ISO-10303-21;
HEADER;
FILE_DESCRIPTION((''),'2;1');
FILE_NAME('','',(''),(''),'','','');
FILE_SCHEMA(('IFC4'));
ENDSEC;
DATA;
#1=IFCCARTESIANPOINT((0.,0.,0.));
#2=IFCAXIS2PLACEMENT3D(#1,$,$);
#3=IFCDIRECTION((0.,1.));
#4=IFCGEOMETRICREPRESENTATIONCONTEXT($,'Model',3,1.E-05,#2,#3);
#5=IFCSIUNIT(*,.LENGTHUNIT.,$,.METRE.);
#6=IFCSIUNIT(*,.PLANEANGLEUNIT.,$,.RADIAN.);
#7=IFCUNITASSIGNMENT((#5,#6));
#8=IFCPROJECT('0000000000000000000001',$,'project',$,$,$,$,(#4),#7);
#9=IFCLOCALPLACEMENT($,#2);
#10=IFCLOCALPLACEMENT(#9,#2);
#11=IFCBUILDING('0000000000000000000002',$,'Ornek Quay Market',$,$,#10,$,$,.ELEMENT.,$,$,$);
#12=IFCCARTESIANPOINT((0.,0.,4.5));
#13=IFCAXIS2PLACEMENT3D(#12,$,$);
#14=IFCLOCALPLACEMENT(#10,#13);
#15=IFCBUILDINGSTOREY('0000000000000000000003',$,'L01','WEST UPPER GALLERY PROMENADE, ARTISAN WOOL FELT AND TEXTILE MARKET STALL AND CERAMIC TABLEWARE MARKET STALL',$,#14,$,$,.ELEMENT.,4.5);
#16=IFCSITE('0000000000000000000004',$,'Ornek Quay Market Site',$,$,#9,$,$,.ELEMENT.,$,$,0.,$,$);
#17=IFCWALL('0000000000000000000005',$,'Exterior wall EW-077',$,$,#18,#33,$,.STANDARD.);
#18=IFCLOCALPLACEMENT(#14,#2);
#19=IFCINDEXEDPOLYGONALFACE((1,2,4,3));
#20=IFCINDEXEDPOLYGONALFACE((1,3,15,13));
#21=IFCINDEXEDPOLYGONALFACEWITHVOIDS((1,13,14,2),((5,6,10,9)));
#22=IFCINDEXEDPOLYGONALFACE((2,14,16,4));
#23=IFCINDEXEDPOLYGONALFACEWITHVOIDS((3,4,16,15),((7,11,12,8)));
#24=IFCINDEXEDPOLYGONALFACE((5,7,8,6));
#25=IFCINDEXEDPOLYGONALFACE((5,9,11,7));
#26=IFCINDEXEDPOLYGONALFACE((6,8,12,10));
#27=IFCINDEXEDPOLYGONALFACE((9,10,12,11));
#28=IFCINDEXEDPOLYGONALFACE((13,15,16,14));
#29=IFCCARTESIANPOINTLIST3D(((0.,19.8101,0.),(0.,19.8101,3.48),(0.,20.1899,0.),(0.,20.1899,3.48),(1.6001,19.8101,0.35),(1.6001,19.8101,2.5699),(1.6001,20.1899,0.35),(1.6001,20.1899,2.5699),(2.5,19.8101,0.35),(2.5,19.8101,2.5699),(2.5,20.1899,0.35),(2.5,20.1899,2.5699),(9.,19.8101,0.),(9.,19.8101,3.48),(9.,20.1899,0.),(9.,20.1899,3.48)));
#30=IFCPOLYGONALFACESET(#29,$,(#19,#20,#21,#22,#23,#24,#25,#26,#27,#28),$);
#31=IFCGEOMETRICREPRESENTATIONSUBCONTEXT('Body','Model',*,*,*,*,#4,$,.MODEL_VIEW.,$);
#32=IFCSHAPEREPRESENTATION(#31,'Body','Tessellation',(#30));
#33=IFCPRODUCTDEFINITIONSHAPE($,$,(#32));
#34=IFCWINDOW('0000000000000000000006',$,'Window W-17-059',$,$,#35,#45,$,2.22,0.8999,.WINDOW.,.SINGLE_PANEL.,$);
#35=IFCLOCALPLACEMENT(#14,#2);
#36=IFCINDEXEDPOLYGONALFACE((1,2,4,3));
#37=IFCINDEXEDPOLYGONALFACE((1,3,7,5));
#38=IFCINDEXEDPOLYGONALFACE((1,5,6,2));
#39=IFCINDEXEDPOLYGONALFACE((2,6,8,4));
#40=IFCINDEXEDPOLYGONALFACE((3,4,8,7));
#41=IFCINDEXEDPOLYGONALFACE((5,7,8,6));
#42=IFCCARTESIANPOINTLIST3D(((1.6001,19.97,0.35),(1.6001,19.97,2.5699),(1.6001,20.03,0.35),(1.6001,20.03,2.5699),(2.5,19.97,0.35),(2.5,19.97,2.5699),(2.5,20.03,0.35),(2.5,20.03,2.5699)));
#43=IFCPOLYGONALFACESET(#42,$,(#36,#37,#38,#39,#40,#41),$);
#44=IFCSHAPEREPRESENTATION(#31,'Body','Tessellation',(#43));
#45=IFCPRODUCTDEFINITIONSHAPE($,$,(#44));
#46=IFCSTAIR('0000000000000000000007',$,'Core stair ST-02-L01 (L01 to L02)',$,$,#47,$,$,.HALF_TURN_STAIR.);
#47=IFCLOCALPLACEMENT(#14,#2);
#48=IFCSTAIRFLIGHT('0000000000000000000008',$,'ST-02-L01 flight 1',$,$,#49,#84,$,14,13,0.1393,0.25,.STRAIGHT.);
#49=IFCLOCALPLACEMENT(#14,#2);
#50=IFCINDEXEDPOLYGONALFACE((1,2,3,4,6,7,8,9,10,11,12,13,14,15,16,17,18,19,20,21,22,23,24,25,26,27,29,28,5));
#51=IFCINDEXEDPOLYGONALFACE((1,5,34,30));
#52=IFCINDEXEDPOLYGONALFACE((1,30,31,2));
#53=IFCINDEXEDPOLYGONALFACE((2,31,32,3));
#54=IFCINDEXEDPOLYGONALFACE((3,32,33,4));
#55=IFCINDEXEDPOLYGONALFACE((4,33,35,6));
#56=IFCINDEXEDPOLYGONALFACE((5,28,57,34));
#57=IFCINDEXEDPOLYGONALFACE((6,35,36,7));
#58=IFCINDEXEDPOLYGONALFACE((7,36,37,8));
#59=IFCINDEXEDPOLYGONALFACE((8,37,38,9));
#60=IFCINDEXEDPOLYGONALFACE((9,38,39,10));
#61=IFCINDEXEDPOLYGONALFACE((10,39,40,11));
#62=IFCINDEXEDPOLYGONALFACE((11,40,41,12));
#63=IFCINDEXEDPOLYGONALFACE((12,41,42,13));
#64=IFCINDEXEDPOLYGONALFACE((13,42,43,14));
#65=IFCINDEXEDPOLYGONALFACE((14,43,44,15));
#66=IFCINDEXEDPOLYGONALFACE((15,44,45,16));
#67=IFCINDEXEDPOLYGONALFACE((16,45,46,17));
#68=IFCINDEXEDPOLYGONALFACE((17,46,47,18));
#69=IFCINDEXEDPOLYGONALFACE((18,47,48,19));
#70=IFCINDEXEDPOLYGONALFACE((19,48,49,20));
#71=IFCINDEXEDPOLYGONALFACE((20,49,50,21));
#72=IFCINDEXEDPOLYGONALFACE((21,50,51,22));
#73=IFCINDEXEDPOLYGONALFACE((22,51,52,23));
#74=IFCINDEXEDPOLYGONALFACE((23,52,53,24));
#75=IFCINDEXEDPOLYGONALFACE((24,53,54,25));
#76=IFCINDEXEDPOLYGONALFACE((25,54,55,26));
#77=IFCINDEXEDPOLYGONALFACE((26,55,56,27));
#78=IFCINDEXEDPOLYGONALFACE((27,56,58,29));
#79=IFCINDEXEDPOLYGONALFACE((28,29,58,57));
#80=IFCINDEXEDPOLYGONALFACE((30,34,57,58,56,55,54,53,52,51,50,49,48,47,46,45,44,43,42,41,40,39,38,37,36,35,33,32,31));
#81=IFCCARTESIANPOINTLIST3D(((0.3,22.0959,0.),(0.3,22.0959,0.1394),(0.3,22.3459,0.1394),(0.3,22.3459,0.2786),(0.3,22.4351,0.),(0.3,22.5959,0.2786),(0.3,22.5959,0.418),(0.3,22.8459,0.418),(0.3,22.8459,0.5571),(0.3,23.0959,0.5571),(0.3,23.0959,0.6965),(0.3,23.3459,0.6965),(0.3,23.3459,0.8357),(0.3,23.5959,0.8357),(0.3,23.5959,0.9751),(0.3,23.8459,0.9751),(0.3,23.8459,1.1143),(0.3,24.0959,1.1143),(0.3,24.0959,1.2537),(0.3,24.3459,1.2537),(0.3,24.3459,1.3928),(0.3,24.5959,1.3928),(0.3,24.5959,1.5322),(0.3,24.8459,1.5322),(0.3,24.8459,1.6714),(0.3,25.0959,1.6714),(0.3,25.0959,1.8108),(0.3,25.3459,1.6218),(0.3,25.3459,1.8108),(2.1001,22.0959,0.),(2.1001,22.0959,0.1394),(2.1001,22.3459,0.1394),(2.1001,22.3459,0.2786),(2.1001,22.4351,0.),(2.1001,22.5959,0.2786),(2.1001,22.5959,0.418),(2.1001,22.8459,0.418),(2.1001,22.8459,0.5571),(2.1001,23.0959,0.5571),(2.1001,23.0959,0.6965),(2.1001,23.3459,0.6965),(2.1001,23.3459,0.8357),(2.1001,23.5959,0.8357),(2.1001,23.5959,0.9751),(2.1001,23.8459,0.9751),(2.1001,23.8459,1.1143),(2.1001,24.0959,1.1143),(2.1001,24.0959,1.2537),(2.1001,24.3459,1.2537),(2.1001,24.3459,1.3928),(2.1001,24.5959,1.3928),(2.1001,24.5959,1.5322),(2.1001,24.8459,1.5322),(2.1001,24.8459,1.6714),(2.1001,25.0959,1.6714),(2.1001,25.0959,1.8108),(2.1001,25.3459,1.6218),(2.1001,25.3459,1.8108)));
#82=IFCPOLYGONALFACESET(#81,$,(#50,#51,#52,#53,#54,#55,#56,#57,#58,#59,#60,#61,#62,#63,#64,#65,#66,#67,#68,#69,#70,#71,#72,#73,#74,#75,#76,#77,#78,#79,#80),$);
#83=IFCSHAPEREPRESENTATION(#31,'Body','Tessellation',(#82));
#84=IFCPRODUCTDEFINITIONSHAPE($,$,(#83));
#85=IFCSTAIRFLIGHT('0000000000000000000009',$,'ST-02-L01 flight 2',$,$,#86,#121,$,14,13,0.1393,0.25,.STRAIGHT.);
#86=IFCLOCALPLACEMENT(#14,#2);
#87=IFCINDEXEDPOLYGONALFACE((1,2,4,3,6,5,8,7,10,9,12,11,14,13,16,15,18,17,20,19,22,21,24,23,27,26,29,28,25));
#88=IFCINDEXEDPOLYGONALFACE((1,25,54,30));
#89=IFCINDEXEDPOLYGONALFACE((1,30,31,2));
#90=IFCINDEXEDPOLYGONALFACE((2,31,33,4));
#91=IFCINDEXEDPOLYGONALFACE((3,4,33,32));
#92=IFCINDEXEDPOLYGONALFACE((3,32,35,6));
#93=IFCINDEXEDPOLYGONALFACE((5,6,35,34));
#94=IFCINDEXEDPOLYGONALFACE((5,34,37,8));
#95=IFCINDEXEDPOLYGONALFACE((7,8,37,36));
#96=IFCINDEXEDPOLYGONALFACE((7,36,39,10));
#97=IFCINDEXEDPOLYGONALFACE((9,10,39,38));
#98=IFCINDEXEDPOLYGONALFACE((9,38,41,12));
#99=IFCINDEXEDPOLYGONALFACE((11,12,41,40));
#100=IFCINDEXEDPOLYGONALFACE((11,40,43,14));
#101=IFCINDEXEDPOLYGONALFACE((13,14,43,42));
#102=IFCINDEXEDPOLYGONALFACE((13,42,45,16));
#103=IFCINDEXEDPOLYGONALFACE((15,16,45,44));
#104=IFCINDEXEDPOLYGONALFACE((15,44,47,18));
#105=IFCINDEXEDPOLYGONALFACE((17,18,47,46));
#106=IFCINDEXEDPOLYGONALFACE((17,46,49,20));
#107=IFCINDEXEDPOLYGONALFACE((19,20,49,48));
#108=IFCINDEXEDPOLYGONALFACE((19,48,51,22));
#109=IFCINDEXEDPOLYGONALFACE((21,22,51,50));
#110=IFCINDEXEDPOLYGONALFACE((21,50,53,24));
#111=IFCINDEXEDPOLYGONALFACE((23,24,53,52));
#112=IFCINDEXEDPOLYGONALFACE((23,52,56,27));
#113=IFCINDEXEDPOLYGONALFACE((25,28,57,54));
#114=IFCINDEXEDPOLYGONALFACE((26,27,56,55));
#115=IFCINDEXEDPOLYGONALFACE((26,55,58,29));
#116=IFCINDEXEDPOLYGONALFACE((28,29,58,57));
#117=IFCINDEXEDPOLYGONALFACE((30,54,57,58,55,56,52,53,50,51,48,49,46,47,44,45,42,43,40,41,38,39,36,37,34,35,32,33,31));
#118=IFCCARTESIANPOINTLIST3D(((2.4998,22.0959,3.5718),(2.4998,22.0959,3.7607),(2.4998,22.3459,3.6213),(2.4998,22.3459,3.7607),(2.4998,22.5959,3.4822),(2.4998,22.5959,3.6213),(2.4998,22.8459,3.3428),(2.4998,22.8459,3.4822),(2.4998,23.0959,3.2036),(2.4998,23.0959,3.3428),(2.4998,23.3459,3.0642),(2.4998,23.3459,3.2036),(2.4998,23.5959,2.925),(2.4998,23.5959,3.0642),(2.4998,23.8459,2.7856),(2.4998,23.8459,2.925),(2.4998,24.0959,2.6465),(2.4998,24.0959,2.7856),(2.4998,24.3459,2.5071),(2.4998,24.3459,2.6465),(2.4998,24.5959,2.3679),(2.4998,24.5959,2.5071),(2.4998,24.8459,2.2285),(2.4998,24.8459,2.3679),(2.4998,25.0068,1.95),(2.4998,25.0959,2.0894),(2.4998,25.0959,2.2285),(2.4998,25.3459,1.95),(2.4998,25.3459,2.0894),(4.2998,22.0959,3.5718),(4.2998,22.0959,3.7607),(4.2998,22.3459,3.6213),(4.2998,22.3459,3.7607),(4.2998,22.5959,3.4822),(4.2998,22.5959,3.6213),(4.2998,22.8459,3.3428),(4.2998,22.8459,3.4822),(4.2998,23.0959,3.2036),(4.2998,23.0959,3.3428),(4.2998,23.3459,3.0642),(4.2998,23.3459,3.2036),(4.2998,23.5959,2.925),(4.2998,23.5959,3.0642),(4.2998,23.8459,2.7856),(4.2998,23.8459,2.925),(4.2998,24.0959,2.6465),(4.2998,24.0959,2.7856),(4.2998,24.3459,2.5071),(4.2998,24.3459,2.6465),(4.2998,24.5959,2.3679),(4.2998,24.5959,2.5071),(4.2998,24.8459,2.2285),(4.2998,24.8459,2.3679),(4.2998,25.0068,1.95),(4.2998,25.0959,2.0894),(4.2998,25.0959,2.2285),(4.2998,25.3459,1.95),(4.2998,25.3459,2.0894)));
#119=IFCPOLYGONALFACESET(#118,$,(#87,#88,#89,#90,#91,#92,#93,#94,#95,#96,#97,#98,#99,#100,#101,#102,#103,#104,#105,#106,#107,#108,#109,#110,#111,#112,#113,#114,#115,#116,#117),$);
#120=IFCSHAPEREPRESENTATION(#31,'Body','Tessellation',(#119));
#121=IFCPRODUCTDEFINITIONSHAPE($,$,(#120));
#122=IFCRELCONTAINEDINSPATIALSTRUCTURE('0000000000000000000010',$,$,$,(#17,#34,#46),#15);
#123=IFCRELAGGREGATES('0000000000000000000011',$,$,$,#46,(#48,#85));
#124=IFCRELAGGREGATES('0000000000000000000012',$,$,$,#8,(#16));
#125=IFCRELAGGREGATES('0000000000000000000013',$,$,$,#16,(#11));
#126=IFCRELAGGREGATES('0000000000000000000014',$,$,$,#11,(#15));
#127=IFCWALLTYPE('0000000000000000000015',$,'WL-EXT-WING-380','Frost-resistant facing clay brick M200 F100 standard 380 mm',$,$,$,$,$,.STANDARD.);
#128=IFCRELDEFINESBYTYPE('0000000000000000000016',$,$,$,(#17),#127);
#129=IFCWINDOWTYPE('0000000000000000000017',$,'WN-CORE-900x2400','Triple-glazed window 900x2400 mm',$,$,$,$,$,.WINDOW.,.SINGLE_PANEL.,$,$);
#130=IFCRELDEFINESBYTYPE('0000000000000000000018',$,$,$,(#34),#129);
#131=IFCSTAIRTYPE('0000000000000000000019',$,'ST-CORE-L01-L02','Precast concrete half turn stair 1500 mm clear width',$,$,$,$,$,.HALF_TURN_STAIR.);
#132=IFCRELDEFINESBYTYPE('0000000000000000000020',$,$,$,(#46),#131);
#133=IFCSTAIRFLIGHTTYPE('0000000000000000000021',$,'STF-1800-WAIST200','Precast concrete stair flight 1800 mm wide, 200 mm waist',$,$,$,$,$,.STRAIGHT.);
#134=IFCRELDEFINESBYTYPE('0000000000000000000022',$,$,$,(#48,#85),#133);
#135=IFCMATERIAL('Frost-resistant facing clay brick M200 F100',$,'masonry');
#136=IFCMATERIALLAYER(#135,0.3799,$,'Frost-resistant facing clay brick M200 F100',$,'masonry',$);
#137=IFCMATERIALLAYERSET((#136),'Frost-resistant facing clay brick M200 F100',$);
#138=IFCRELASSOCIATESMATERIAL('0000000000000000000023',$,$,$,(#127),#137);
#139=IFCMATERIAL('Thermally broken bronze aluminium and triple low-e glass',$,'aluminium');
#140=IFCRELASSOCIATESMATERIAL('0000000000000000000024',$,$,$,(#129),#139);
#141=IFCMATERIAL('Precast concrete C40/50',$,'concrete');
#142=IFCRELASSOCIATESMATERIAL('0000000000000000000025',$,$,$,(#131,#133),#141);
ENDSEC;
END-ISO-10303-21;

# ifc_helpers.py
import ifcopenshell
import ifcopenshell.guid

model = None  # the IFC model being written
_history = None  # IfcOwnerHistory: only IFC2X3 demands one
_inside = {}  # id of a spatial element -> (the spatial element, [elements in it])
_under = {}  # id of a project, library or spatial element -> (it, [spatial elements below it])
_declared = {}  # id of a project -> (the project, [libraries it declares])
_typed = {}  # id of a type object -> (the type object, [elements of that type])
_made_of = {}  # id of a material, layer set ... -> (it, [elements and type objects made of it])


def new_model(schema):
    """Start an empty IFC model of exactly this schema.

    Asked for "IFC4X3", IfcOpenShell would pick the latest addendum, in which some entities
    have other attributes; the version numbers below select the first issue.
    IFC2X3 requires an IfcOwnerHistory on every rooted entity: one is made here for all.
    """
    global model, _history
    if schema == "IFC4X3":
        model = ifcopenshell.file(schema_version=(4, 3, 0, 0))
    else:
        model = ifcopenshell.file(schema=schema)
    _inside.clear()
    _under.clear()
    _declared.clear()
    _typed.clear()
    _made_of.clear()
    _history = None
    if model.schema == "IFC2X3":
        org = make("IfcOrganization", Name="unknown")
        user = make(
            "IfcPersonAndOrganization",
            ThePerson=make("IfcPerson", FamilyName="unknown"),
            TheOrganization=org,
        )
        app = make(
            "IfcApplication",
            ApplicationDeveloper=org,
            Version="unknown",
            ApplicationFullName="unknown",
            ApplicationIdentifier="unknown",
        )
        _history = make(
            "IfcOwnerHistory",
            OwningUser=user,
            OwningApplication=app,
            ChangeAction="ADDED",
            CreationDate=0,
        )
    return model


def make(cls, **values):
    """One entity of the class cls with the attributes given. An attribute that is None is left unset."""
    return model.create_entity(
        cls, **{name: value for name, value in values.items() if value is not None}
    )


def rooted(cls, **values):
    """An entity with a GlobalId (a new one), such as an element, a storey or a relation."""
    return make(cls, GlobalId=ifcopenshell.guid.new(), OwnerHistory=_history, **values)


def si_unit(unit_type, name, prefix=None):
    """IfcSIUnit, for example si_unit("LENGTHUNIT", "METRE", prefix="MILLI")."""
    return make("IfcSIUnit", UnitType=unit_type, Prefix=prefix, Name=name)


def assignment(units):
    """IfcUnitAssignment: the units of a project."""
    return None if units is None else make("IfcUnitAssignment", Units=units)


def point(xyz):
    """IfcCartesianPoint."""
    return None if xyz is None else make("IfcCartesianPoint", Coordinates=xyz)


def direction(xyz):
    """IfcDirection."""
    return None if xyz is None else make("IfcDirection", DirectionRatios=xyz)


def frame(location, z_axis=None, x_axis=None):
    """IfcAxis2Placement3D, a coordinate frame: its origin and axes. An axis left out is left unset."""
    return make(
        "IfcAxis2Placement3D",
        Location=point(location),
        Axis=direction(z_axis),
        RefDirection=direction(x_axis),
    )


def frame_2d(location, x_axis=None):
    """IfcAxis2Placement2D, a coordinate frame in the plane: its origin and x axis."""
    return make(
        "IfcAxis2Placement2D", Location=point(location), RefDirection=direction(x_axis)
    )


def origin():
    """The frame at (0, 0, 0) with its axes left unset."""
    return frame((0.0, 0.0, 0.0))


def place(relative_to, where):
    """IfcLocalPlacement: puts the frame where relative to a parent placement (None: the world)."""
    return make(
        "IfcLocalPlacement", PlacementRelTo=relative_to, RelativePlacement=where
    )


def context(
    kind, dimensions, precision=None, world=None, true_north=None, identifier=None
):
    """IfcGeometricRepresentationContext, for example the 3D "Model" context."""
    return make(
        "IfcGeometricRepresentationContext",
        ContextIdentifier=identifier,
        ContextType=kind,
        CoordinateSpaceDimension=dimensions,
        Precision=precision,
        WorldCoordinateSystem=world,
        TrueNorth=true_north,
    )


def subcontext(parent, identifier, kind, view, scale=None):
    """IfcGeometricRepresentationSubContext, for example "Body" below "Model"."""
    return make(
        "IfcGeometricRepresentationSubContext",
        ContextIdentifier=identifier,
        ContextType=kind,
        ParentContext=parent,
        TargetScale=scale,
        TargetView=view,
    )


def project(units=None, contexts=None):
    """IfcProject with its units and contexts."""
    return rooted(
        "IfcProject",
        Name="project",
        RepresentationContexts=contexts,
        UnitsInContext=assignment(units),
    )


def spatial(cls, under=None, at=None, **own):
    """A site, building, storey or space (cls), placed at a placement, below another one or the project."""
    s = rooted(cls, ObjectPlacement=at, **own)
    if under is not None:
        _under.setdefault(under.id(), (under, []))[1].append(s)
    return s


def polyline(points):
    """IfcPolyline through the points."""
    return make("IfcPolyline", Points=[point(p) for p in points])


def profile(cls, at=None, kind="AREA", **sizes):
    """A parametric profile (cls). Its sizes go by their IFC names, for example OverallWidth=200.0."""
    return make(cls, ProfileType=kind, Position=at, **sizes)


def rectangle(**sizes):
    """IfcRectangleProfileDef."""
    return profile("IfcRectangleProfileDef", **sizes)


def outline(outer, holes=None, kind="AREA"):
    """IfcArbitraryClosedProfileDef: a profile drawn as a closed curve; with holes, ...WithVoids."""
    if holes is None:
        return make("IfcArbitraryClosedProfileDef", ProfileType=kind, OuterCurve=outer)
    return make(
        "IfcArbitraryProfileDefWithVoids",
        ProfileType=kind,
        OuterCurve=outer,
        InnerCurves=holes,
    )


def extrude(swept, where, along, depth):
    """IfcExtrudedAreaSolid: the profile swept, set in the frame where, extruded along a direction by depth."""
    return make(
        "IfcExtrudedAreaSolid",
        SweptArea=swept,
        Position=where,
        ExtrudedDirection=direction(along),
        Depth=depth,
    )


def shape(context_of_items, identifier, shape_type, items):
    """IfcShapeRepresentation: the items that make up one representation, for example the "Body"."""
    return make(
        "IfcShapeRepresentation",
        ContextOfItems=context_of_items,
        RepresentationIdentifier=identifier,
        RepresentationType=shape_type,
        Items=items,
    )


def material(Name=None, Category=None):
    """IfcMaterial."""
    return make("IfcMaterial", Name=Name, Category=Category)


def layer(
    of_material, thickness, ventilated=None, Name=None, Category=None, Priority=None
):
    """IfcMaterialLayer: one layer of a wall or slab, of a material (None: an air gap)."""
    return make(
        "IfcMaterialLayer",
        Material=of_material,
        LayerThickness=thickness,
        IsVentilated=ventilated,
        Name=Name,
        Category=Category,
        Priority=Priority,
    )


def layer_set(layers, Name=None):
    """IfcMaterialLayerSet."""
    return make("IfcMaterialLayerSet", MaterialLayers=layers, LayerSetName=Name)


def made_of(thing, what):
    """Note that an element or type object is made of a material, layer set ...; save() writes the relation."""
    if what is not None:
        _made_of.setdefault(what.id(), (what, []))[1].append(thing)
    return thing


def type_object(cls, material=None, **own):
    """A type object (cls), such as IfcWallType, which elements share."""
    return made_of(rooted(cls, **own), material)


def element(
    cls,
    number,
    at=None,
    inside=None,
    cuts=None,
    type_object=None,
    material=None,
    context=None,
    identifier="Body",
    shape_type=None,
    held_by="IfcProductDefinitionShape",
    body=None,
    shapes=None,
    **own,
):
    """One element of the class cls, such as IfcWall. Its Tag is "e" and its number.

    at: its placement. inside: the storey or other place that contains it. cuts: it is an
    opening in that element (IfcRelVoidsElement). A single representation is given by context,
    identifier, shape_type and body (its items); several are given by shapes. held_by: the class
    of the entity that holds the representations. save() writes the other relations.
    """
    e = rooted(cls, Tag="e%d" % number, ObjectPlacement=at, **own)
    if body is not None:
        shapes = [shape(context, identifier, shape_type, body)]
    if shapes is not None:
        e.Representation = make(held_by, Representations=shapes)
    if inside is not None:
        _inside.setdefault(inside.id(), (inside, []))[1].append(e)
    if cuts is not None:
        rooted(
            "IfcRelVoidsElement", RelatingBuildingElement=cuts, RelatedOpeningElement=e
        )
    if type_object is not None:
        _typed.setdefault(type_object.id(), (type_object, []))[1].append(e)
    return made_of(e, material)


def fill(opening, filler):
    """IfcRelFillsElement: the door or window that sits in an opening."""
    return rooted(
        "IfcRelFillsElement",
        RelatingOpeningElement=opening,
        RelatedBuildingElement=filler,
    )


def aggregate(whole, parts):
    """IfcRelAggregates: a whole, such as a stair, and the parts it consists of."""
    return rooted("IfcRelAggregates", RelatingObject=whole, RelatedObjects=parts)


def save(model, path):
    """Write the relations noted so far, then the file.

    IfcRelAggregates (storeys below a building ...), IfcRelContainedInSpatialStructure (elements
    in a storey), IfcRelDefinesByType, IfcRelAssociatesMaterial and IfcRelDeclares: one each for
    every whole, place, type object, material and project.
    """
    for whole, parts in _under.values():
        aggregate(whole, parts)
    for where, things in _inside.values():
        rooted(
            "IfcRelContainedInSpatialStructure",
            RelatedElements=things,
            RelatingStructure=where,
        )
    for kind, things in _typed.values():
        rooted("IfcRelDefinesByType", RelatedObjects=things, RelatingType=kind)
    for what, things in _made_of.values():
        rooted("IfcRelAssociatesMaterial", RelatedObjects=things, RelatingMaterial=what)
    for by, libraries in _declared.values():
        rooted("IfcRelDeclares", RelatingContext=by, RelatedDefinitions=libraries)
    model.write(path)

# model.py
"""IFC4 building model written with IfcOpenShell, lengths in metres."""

from ifc_helpers import new_model, si_unit, direction, frame, frame_2d, origin, place, context, subcontext, project, spatial, polyline, rectangle, outline, extrude, material, layer, layer_set, type_object, element, fill, aggregate, save


model = new_model("IFC4")

# Units and contexts
model_context = context("Model", 3, precision=1e-05, world=origin(), true_north=direction((0.0, 1.0)))
body_context = subcontext(model_context, "Body", "Model", "MODEL_VIEW")
ifc_project = project(units=[si_unit("LENGTHUNIT", "METRE"), si_unit("PLANEANGLEUNIT", "RADIAN")], contexts=[model_context])

# Site, building, storey
site_placement = place(None, origin())
site = spatial("IfcSite", under=ifc_project, at=site_placement, Name="Ornek Quay Market Site", CompositionType="ELEMENT", RefElevation=0.0)
building_placement = place(site_placement, origin())
building = spatial("IfcBuilding", under=site, at=building_placement, Name="Ornek Quay Market", CompositionType="ELEMENT")
storey_placement = place(building_placement, frame((0.0, 0.0, 4.5)))
storey = spatial("IfcBuildingStorey", under=building, at=storey_placement, Name="L01", Description="WEST UPPER GALLERY PROMENADE, ARTISAN WOOL FELT AND TEXTILE MARKET STALL AND CERAMIC TABLEWARE MARKET STALL", CompositionType="ELEMENT", Elevation=4.5)

# Shared definitions
ifc_material_1 = material(Name="Frost-resistant facing clay brick M200 F100", Category="masonry")
ifc_layer_1 = layer(ifc_material_1, 0.3799, Name="Frost-resistant facing clay brick M200 F100", Category="masonry")
ifc_layer_set_1 = layer_set([ifc_layer_1], Name="Frost-resistant facing clay brick M200 F100")
wall_type_1 = type_object("IfcWallType", Name="WL-EXT-WING-380", Description="Frost-resistant facing clay brick M200 F100 standard 380 mm", PredefinedType="STANDARD", material=ifc_layer_set_1)
ifc_material_2 = material(Name="Thermally broken bronze aluminium and triple low-e glass", Category="aluminium")

# Wall, opening, window
wall_1_placement = place(storey_placement, frame((9.0, 20.0, 0.0), z_axis=(0.0, 0.0, 1.0), x_axis=(-1.0, 0.0, 0.0)))
wall_1 = element("IfcWall", 1, at=wall_1_placement, inside=storey, type_object=wall_type_1, Name="Exterior wall EW-077", PredefinedType="STANDARD", context=body_context, shape_type="SweptSolid", body=[
    extrude(rectangle(XDim=9.0, YDim=0.3799, at=frame_2d((4.5, 0.0))), origin(), (0.0, 0.0, 1.0), 3.48),
])
opening_1_placement = place(wall_1_placement, frame((6.5, 0.0, 0.3501)))
opening_1 = element("IfcOpeningElement", 2, at=opening_1_placement, cuts=wall_1, PredefinedType="OPENING", context=body_context, shape_type="SweptSolid", body=[
    extrude(rectangle(XDim=0.8999, YDim=2.22, at=frame_2d((0.45, 1.1099))), frame((0.0, 0.2, 0.0), z_axis=(0.0, -1.0, 0.0), x_axis=(1.0, 0.0, 0.0)), (0.0, 0.0, 1.0), 0.3999),
])
window_type_1 = type_object("IfcWindowType", Name="WN-CORE-900x2400", Description="Triple-glazed window 900x2400 mm", PartitioningType="SINGLE_PANEL", PredefinedType="WINDOW", material=ifc_material_2)
window_1_placement = place(opening_1_placement, origin())
window_1 = element("IfcWindow", 3, at=window_1_placement, inside=storey, type_object=window_type_1, Name="Window W-17-059", OverallHeight=2.22, OverallWidth=0.8999, PartitioningType="SINGLE_PANEL", PredefinedType="WINDOW", context=body_context, shape_type="SweptSolid", body=[
    extrude(rectangle(XDim=0.8999, YDim=2.22, at=frame_2d((0.45, 1.1099))), frame((0.0, 0.03, 0.0), z_axis=(0.0, -1.0, 0.0), x_axis=(1.0, 0.0, 0.0)), (0.0, 0.0, 1.0), 0.0601),
])
fill(opening_1, window_1)

# Stair, stair flights
ifc_material_3 = material(Name="Precast concrete C40/50", Category="concrete")
stair_type = type_object("IfcStairType", Name="ST-CORE-L01-L02", Description="Precast concrete half turn stair 1500 mm clear width", PredefinedType="HALF_TURN_STAIR", material=ifc_material_3)
stair_placement = place(storey_placement, origin())
stair = element("IfcStair", 4, at=stair_placement, inside=storey, type_object=stair_type, Name="Core stair ST-02-L01 (L01 to L02)", PredefinedType="HALF_TURN_STAIR")
stair_flight_type = type_object("IfcStairFlightType", Name="STF-1800-WAIST200", Description="Precast concrete stair flight 1800 mm wide, 200 mm waist", PredefinedType="STRAIGHT", material=ifc_material_3)
stair_flight_1_placement = place(storey_placement, frame((1.2, 22.0959, 0.0), z_axis=(0.0, 0.0, 1.0), x_axis=(0.0, 1.0, 0.0)))
stair_flight_1 = element("IfcStairFlight", 5, at=stair_flight_1_placement, type_object=stair_flight_type, Name="ST-02-L01 flight 1", NumberOfRisers=14, NumberOfTreads=13, PredefinedType="STRAIGHT", RiserHeight=0.1393, TreadLength=0.25, context=body_context, shape_type="SweptSolid", body=[
    extrude(outline(polyline([(0.0, 0.0), (0.0, 0.1394), (0.25, 0.1394), (0.25, 0.2786), (0.5, 0.2786), (0.5, 0.418), (0.75, 0.418), (0.75, 0.5571), (1.0, 0.5571), (1.0, 0.6965), (1.25, 0.6965), (1.25, 0.8357), (1.5, 0.8357), (1.5, 0.9751), (1.75, 0.9751), (1.75, 1.1143), (2.0, 1.1143), (2.0, 1.2537), (2.25, 1.2537), (2.25, 1.3928), (2.5, 1.3928), (2.5, 1.5322), (2.75, 1.5322), (2.75, 1.6714), (3.0, 1.6714), (3.0, 1.8108), (3.25, 1.8108), (3.25, 1.95), (3.25, 1.6218), (0.3391, 0.0), (0.0, 0.0)])), frame((0.0, 0.8999, 0.0), z_axis=(0.0, -1.0, 0.0), x_axis=(1.0, 0.0, 0.0)), (0.0, 0.0, 1.0), 1.8),
])
stair_flight_2_placement = place(storey_placement, frame((3.3999, 25.3459, 1.95), z_axis=(0.0, 0.0, 1.0), x_axis=(0.0, -1.0, 0.0)))
stair_flight_2 = element("IfcStairFlight", 6, at=stair_flight_2_placement, type_object=stair_flight_type, Name="ST-02-L01 flight 2", NumberOfRisers=14, NumberOfTreads=13, PredefinedType="STRAIGHT", RiserHeight=0.1393, TreadLength=0.25, context=body_context, shape_type="SweptSolid", body=[
    extrude(outline(polyline([(0.0, 0.0), (0.0, 0.1394), (0.25, 0.1394), (0.25, 0.2786), (0.5, 0.2786), (0.5, 0.418), (0.75, 0.418), (0.75, 0.5571), (1.0, 0.5571), (1.0, 0.6965), (1.25, 0.6965), (1.25, 0.8357), (1.5, 0.8357), (1.5, 0.9751), (1.75, 0.9751), (1.75, 1.1143), (2.0, 1.1143), (2.0, 1.2537), (2.25, 1.2537), (2.25, 1.3928), (2.5, 1.3928), (2.5, 1.5322), (2.75, 1.5322), (2.75, 1.6714), (3.0, 1.6714), (3.0, 1.8108), (3.25, 1.8108), (3.25, 1.95), (3.25, 1.6218), (0.3391, 0.0), (0.0, 0.0)])), frame((0.0, 0.8999, 0.0), z_axis=(0.0, -1.0, 0.0), x_axis=(1.0, 0.0, 0.0)), (0.0, 0.0, 1.0), 1.8),
])
aggregate(stair, [stair_flight_1, stair_flight_2])

save(model, "model.ifc")
